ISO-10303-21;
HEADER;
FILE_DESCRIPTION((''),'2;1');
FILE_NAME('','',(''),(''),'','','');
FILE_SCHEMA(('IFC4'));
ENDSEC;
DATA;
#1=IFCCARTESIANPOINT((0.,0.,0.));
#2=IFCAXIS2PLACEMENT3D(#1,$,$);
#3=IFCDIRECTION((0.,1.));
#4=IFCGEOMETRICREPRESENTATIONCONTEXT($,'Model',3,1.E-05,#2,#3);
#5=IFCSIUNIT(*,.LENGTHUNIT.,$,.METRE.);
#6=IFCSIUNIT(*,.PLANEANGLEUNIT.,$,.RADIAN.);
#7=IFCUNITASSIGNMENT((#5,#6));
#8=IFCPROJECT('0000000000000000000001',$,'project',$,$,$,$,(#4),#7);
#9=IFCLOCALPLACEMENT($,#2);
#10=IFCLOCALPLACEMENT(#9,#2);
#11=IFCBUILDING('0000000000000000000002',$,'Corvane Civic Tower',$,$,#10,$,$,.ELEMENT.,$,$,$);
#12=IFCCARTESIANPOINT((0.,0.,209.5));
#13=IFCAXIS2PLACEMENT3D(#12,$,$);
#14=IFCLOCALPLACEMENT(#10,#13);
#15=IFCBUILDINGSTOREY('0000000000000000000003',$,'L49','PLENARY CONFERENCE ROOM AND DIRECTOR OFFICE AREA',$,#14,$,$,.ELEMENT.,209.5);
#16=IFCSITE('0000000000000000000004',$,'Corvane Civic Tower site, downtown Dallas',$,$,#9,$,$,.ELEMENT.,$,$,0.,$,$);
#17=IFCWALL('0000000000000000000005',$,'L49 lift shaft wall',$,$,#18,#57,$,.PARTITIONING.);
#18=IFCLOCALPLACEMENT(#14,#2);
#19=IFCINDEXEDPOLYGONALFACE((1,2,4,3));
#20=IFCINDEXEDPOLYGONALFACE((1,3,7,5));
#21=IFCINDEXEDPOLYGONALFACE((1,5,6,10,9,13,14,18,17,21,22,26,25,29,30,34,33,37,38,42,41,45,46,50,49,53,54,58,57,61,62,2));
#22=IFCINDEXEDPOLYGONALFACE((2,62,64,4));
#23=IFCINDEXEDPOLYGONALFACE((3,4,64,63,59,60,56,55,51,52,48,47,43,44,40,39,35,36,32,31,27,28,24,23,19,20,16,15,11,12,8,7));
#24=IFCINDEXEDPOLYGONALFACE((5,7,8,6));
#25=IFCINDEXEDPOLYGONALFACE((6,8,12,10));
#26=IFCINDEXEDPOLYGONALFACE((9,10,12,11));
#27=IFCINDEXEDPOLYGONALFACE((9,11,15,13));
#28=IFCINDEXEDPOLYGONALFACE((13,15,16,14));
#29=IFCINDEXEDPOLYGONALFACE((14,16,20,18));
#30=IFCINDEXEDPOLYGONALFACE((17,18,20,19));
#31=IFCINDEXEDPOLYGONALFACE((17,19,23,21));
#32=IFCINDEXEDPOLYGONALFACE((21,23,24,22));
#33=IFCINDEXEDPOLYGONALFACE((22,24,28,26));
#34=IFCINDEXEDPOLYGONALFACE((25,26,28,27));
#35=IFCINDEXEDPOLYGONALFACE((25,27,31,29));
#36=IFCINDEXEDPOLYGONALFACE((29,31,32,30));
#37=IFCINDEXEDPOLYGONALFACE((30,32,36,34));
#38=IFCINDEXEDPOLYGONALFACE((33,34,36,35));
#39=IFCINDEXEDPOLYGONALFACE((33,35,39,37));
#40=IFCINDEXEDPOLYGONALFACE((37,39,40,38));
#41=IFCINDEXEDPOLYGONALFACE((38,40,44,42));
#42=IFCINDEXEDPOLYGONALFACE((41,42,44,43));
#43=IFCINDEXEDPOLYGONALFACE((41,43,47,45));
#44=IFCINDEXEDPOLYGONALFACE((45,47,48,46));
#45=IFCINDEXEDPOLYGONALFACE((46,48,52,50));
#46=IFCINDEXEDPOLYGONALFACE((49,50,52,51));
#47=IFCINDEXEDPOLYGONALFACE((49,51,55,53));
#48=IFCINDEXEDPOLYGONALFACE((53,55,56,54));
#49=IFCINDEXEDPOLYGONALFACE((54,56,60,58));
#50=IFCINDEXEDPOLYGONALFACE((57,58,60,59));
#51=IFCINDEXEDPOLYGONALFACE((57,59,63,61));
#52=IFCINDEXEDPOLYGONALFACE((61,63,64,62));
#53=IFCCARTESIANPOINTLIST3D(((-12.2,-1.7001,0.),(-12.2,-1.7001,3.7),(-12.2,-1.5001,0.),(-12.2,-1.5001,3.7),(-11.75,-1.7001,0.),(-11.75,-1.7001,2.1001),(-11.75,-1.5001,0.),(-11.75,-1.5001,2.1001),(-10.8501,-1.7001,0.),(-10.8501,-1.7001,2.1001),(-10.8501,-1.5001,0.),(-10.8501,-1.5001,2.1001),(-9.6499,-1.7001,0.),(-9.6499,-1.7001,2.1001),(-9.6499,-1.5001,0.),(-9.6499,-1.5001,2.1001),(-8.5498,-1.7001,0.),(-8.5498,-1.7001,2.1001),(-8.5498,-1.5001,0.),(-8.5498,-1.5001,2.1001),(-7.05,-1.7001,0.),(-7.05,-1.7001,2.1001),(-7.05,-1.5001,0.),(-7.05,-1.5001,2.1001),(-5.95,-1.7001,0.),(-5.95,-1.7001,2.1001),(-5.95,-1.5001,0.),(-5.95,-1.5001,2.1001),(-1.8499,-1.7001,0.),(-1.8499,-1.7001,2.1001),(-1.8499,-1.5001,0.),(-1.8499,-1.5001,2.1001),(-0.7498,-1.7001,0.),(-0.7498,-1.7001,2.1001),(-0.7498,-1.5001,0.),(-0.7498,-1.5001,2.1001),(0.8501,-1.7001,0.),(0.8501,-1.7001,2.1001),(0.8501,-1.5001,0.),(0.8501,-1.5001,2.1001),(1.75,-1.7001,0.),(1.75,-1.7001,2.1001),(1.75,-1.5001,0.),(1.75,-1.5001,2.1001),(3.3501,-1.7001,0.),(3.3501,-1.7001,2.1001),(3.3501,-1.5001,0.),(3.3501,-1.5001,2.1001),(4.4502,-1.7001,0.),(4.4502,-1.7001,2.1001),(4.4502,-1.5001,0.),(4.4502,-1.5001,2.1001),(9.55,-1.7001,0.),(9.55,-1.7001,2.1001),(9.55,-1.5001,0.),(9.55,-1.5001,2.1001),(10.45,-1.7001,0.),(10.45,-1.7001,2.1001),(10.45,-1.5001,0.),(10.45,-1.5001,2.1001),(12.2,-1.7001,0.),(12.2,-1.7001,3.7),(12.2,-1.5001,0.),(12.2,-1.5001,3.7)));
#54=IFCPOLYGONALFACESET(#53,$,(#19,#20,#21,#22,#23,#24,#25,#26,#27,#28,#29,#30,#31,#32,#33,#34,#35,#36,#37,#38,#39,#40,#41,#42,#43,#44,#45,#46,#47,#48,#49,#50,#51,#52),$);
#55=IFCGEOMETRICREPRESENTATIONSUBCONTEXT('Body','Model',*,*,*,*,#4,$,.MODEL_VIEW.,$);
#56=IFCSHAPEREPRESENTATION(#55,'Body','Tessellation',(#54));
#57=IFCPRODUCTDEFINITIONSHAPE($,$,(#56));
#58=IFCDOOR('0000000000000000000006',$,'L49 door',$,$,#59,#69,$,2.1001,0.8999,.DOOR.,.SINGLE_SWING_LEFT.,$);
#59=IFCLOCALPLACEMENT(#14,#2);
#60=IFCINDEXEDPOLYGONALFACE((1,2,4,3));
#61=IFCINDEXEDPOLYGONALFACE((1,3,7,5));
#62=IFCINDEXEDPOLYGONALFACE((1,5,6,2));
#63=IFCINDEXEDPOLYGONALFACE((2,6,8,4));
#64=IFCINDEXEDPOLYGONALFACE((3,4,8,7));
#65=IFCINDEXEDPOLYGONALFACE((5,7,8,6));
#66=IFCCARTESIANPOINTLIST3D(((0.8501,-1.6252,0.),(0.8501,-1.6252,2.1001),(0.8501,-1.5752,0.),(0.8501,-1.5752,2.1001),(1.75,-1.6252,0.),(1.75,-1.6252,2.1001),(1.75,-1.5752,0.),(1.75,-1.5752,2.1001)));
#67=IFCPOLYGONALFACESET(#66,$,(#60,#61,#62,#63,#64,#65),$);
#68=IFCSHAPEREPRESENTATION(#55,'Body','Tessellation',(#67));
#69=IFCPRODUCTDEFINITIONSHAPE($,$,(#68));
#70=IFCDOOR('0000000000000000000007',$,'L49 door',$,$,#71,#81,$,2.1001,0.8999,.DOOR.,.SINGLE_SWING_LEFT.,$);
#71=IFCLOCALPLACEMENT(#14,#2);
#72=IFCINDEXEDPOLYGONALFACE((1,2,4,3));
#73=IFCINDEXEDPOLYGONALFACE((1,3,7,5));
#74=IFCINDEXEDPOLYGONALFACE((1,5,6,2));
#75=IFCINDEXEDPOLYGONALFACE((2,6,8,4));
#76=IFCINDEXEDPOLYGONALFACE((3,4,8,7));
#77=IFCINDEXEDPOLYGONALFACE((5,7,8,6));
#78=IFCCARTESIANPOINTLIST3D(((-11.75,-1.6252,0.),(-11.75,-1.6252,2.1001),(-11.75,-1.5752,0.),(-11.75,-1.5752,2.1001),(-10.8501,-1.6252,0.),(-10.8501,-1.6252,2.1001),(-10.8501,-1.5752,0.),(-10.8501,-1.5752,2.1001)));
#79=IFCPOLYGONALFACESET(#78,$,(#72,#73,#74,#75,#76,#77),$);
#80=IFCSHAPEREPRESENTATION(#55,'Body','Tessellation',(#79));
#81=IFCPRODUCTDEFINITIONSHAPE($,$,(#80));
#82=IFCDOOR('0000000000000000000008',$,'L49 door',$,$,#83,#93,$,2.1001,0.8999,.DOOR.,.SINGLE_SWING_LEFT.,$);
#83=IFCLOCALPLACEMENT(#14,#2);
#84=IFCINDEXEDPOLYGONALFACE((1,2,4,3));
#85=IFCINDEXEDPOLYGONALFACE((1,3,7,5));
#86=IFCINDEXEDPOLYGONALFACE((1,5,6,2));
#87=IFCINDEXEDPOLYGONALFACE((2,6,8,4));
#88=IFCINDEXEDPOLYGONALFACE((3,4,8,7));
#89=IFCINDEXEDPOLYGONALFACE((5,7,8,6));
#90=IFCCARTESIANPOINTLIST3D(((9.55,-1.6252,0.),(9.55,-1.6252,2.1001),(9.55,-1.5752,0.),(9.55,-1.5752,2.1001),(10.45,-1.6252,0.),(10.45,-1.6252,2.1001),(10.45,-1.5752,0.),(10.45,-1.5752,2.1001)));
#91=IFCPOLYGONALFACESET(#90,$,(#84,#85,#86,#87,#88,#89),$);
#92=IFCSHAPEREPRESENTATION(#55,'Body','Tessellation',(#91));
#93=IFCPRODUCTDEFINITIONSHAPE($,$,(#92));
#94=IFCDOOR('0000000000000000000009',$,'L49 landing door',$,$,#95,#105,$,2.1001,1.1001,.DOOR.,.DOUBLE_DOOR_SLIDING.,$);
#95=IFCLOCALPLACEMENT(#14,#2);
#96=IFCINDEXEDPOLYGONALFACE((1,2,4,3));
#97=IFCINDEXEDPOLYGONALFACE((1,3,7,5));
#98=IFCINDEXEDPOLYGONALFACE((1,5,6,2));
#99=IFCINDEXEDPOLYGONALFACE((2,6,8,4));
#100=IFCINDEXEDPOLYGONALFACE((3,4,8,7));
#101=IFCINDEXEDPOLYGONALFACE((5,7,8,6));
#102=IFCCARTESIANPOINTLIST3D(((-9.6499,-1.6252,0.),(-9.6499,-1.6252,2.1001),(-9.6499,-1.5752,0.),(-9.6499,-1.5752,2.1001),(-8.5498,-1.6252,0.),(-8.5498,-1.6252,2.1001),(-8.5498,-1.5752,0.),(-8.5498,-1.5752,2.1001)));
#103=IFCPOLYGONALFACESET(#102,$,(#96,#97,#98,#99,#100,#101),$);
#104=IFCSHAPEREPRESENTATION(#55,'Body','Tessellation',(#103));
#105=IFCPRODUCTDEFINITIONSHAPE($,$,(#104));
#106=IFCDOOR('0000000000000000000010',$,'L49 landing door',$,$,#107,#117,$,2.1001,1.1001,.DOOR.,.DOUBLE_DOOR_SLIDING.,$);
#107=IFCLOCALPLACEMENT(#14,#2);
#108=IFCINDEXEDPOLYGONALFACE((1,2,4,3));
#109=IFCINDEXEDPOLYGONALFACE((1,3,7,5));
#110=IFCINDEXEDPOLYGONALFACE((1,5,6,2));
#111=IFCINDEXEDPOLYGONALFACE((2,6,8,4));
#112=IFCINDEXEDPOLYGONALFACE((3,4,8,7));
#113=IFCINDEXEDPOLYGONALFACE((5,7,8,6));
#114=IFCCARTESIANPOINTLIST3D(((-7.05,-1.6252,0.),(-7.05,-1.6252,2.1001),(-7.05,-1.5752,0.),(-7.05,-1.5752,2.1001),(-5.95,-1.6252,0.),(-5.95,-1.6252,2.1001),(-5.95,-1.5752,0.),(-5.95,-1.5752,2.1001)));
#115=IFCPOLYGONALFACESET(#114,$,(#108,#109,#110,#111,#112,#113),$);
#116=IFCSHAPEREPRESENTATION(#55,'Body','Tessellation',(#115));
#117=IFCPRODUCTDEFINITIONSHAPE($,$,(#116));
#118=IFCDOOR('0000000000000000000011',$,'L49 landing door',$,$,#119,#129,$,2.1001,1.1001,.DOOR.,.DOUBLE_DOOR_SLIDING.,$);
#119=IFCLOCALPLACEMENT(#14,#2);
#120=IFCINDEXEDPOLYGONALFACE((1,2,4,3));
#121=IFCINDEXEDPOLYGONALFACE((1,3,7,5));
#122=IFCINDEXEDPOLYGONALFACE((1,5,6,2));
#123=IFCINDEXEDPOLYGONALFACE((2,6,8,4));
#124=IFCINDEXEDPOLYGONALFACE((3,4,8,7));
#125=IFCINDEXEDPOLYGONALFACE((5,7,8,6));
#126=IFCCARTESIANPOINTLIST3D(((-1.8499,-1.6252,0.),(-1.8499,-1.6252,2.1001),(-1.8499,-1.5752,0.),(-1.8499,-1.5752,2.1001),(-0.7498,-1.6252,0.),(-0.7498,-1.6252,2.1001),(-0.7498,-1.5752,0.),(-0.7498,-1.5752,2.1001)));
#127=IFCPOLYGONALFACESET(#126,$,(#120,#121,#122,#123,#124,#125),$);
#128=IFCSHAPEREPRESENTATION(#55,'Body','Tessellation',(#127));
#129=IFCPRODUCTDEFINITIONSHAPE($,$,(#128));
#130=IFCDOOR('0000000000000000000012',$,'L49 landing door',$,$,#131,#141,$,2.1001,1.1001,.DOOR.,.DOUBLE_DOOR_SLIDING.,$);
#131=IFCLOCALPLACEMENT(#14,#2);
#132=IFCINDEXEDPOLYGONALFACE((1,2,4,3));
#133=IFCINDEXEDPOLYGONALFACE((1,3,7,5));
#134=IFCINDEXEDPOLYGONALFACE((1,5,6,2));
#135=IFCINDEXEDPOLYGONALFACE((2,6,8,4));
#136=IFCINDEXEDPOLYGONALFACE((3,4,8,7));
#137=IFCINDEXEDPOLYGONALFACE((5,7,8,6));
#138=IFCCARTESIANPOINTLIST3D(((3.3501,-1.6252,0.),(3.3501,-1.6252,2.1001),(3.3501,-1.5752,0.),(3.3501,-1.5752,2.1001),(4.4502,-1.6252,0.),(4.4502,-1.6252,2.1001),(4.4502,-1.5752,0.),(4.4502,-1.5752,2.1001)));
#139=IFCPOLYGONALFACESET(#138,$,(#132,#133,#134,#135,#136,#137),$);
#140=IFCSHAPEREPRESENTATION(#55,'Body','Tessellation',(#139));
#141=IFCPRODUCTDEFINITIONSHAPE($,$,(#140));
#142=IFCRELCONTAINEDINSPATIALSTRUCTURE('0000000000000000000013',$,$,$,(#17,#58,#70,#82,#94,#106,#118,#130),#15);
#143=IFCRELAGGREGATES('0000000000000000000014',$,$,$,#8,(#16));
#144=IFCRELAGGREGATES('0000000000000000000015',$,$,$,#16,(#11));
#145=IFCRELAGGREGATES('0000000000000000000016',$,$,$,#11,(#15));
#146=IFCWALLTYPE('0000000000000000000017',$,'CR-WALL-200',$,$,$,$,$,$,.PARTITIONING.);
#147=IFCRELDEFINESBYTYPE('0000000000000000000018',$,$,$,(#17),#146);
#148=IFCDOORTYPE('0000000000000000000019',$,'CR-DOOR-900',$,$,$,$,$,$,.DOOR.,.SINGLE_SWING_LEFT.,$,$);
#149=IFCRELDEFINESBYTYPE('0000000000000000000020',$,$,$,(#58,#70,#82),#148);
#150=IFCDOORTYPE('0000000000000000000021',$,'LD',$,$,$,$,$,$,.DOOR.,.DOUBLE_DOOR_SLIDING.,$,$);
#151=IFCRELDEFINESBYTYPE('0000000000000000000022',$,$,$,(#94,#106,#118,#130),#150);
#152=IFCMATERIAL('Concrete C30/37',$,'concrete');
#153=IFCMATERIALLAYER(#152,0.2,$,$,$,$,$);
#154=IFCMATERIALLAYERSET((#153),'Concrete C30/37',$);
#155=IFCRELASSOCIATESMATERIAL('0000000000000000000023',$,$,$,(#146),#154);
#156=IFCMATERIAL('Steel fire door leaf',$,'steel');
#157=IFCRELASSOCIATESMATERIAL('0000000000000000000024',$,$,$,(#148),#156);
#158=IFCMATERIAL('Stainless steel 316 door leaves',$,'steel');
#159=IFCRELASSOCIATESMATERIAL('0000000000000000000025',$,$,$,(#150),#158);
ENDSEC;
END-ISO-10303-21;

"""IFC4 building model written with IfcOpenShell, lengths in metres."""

from ifc_helpers import new_model, si_unit, direction, frame, frame_2d, origin, place, context, subcontext, project, spatial, rectangle, extrude, material, layer, layer_set, type_object, element, fill, save


model = new_model("IFC4")

# Units and contexts
model_context = context("Model", 3, precision=1e-05, world=origin(), true_north=direction((0.0, 1.0)))
body_context = subcontext(model_context, "Body", "Model", "MODEL_VIEW")
ifc_project = project(units=[si_unit("LENGTHUNIT", "METRE"), si_unit("PLANEANGLEUNIT", "RADIAN")], contexts=[model_context])

# Site, building, storey
site_placement = place(None, origin())
site = spatial("IfcSite", under=ifc_project, at=site_placement, Name="Corvane Civic Tower site, downtown Dallas", CompositionType="ELEMENT", RefElevation=0.0)
building_placement = place(site_placement, origin())
building = spatial("IfcBuilding", under=site, at=building_placement, Name="Corvane Civic Tower", CompositionType="ELEMENT")
storey_placement = place(building_placement, frame((0.0, 0.0, 209.5)))
storey = spatial("IfcBuildingStorey", under=building, at=storey_placement, Name="L49", Description="PLENARY CONFERENCE ROOM AND DIRECTOR OFFICE AREA", CompositionType="ELEMENT", Elevation=209.5)

# Shared definitions
ifc_material_1 = material(Name="Concrete C30/37", Category="concrete")
ifc_layer_1 = layer(ifc_material_1, 0.2)
ifc_layer_set_1 = layer_set([ifc_layer_1], Name="Concrete C30/37")
wall_type_1 = type_object("IfcWallType", Name="CR-WALL-200", PredefinedType="PARTITIONING", material=ifc_layer_set_1)
ifc_material_2 = material(Name="Steel fire door leaf", Category="steel")
door_type_1 = type_object("IfcDoorType", Name="CR-DOOR-900", OperationType="SINGLE_SWING_LEFT", PredefinedType="DOOR", material=ifc_material_2)

# Wall, openings, doors
wall_1_placement = place(storey_placement, frame((-12.2, -1.6001, 0.0), z_axis=(0.0, 0.0, 1.0), x_axis=(1.0, 0.0, 0.0)))
wall_1 = element("IfcWall", 1, at=wall_1_placement, inside=storey, type_object=wall_type_1, Name="L49 lift shaft wall", PredefinedType="PARTITIONING", context=body_context, shape_type="SweptSolid", body=[
    extrude(rectangle(XDim=24.3999, YDim=0.2, at=frame_2d((12.2, 0.0))), origin(), (0.0, 0.0, 1.0), 3.7),
])
opening_1_placement = place(wall_1_placement, frame((2.55, 0.0, 0.0)))
opening_1 = element("IfcOpeningElement", 2, at=opening_1_placement, cuts=wall_1, PredefinedType="OPENING", context=body_context, shape_type="SweptSolid", body=[
    extrude(rectangle(XDim=1.1001, YDim=2.1001, at=frame_2d((0.55, 1.05))), frame((0.0, 0.1099, 0.0), z_axis=(0.0, -1.0, 0.0), x_axis=(1.0, 0.0, 0.0)), (0.0, 0.0, 1.0), 0.22),
])
opening_2_placement = place(wall_1_placement, frame((5.1499, 0.0, 0.0)))
opening_2 = element("IfcOpeningElement", 3, at=opening_2_placement, cuts=wall_1, PredefinedType="OPENING", context=body_context, shape_type="SweptSolid", body=[
    extrude(rectangle(XDim=1.1001, YDim=2.1001, at=frame_2d((0.55, 1.05))), frame((0.0, 0.1099, 0.0), z_axis=(0.0, -1.0, 0.0), x_axis=(1.0, 0.0, 0.0)), (0.0, 0.0, 1.0), 0.22),
])
opening_3_placement = place(wall_1_placement, frame((10.3501, 0.0, 0.0)))
opening_3 = element("IfcOpeningElement", 4, at=opening_3_placement, cuts=wall_1, PredefinedType="OPENING", context=body_context, shape_type="SweptSolid", body=[
    extrude(rectangle(XDim=1.1001, YDim=2.1001, at=frame_2d((0.55, 1.05))), frame((0.0, 0.1099, 0.0), z_axis=(0.0, -1.0, 0.0), x_axis=(1.0, 0.0, 0.0)), (0.0, 0.0, 1.0), 0.22),
])
opening_4_placement = place(wall_1_placement, frame((13.05, 0.0, 0.0)))
opening_4 = element("IfcOpeningElement", 5, at=opening_4_placement, cuts=wall_1, PredefinedType="OPENING", context=body_context, shape_type="SweptSolid", body=[
    extrude(rectangle(XDim=0.8999, YDim=2.1001, at=frame_2d((0.45, 1.05))), frame((0.0, 0.1099, 0.0), z_axis=(0.0, -1.0, 0.0), x_axis=(1.0, 0.0, 0.0)), (0.0, 0.0, 1.0), 0.22),
])
opening_5_placement = place(wall_1_placement, frame((15.55, 0.0, 0.0)))
opening_5 = element("IfcOpeningElement", 6, at=opening_5_placement, cuts=wall_1, PredefinedType="OPENING", context=body_context, shape_type="SweptSolid", body=[
    extrude(rectangle(XDim=1.1001, YDim=2.1001, at=frame_2d((0.55, 1.05))), frame((0.0, 0.1099, 0.0), z_axis=(0.0, -1.0, 0.0), x_axis=(1.0, 0.0, 0.0)), (0.0, 0.0, 1.0), 0.22),
])
opening_6_placement = place(wall_1_placement, frame((0.45, 0.0, 0.0)))
opening_6 = element("IfcOpeningElement", 7, at=opening_6_placement, cuts=wall_1, PredefinedType="OPENING", context=body_context, shape_type="SweptSolid", body=[
    extrude(rectangle(XDim=0.8999, YDim=2.1001, at=frame_2d((0.45, 1.05))), frame((0.0, 0.1099, 0.0), z_axis=(0.0, -1.0, 0.0), x_axis=(1.0, 0.0, 0.0)), (0.0, 0.0, 1.0), 0.22),
])
opening_7_placement = place(wall_1_placement, frame((21.75, 0.0, 0.0)))
opening_7 = element("IfcOpeningElement", 8, at=opening_7_placement, cuts=wall_1, PredefinedType="OPENING", context=body_context, shape_type="SweptSolid", body=[
    extrude(rectangle(XDim=0.8999, YDim=2.1001, at=frame_2d((0.45, 1.05))), frame((0.0, 0.1099, 0.0), z_axis=(0.0, -1.0, 0.0), x_axis=(1.0, 0.0, 0.0)), (0.0, 0.0, 1.0), 0.22),
])
door_1_placement = place(opening_4_placement, origin())
door_1 = element("IfcDoor", 9, at=door_1_placement, inside=storey, type_object=door_type_1, Name="L49 door", OperationType="SINGLE_SWING_LEFT", OverallHeight=2.1001, OverallWidth=0.8999, PredefinedType="DOOR", context=body_context, shape_type="SweptSolid", body=[
    extrude(rectangle(XDim=0.8999, YDim=2.1001, at=frame_2d((0.45, 1.05))), frame((0.0, 0.0249, 0.0), z_axis=(0.0, -1.0, 0.0), x_axis=(1.0, 0.0, 0.0)), (0.0, 0.0, 1.0), 0.05),
])
fill(opening_4, door_1)
door_2_placement = place(opening_6_placement, origin())
door_2 = element("IfcDoor", 10, at=door_2_placement, inside=storey, type_object=door_type_1, Name="L49 door", OperationType="SINGLE_SWING_LEFT", OverallHeight=2.1001, OverallWidth=0.8999, PredefinedType="DOOR", context=body_context, shape_type="SweptSolid", body=[
    extrude(rectangle(XDim=0.8999, YDim=2.1001, at=frame_2d((0.45, 1.05))), frame((0.0, 0.0249, 0.0), z_axis=(0.0, -1.0, 0.0), x_axis=(1.0, 0.0, 0.0)), (0.0, 0.0, 1.0), 0.05),
])
fill(opening_6, door_2)
door_3_placement = place(opening_7_placement, origin())
door_3 = element("IfcDoor", 11, at=door_3_placement, inside=storey, type_object=door_type_1, Name="L49 door", OperationType="SINGLE_SWING_LEFT", OverallHeight=2.1001, OverallWidth=0.8999, PredefinedType="DOOR", context=body_context, shape_type="SweptSolid", body=[
    extrude(rectangle(XDim=0.8999, YDim=2.1001, at=frame_2d((0.45, 1.05))), frame((0.0, 0.0249, 0.0), z_axis=(0.0, -1.0, 0.0), x_axis=(1.0, 0.0, 0.0)), (0.0, 0.0, 1.0), 0.05),
])
fill(opening_7, door_3)
ifc_material_3 = material(Name="Stainless steel 316 door leaves", Category="steel")
door_type_2 = type_object("IfcDoorType", Name="LD", OperationType="DOUBLE_DOOR_SLIDING", PredefinedType="DOOR", material=ifc_material_3)
door_4_placement = place(opening_1_placement, origin())
door_4 = element("IfcDoor", 12, at=door_4_placement, inside=storey, type_object=door_type_2, Name="L49 landing door", OperationType="DOUBLE_DOOR_SLIDING", OverallHeight=2.1001, OverallWidth=1.1001, PredefinedType="DOOR", context=body_context, shape_type="SweptSolid", body=[
    extrude(rectangle(XDim=1.1001, YDim=2.1001, at=frame_2d((0.55, 1.05))), frame((0.0, 0.0249, 0.0), z_axis=(0.0, -1.0, 0.0), x_axis=(1.0, 0.0, 0.0)), (0.0, 0.0, 1.0), 0.05),
])
fill(opening_1, door_4)
door_5_placement = place(opening_2_placement, origin())
door_5 = element("IfcDoor", 13, at=door_5_placement, inside=storey, type_object=door_type_2, Name="L49 landing door", OperationType="DOUBLE_DOOR_SLIDING", OverallHeight=2.1001, OverallWidth=1.1001, PredefinedType="DOOR", context=body_context, shape_type="SweptSolid", body=[
    extrude(rectangle(XDim=1.1001, YDim=2.1001, at=frame_2d((0.55, 1.05))), frame((0.0, 0.0249, 0.0), z_axis=(0.0, -1.0, 0.0), x_axis=(1.0, 0.0, 0.0)), (0.0, 0.0, 1.0), 0.05),
])
fill(opening_2, door_5)
door_6_placement = place(opening_3_placement, origin())
door_6 = element("IfcDoor", 14, at=door_6_placement, inside=storey, type_object=door_type_2, Name="L49 landing door", OperationType="DOUBLE_DOOR_SLIDING", OverallHeight=2.1001, OverallWidth=1.1001, PredefinedType="DOOR", context=body_context, shape_type="SweptSolid", body=[
    extrude(rectangle(XDim=1.1001, YDim=2.1001, at=frame_2d((0.55, 1.05))), frame((0.0, 0.0249, 0.0), z_axis=(0.0, -1.0, 0.0), x_axis=(1.0, 0.0, 0.0)), (0.0, 0.0, 1.0), 0.05),
])
fill(opening_3, door_6)
door_7_placement = place(opening_5_placement, origin())
door_7 = element("IfcDoor", 15, at=door_7_placement, inside=storey, type_object=door_type_2, Name="L49 landing door", OperationType="DOUBLE_DOOR_SLIDING", OverallHeight=2.1001, OverallWidth=1.1001, PredefinedType="DOOR", context=body_context, shape_type="SweptSolid", body=[
    extrude(rectangle(XDim=1.1001, YDim=2.1001, at=frame_2d((0.55, 1.05))), frame((0.0, 0.0249, 0.0), z_axis=(0.0, -1.0, 0.0), x_axis=(1.0, 0.0, 0.0)), (0.0, 0.0, 1.0), 0.05),
])
fill(opening_5, door_7)

save(model, "model.ifc")
